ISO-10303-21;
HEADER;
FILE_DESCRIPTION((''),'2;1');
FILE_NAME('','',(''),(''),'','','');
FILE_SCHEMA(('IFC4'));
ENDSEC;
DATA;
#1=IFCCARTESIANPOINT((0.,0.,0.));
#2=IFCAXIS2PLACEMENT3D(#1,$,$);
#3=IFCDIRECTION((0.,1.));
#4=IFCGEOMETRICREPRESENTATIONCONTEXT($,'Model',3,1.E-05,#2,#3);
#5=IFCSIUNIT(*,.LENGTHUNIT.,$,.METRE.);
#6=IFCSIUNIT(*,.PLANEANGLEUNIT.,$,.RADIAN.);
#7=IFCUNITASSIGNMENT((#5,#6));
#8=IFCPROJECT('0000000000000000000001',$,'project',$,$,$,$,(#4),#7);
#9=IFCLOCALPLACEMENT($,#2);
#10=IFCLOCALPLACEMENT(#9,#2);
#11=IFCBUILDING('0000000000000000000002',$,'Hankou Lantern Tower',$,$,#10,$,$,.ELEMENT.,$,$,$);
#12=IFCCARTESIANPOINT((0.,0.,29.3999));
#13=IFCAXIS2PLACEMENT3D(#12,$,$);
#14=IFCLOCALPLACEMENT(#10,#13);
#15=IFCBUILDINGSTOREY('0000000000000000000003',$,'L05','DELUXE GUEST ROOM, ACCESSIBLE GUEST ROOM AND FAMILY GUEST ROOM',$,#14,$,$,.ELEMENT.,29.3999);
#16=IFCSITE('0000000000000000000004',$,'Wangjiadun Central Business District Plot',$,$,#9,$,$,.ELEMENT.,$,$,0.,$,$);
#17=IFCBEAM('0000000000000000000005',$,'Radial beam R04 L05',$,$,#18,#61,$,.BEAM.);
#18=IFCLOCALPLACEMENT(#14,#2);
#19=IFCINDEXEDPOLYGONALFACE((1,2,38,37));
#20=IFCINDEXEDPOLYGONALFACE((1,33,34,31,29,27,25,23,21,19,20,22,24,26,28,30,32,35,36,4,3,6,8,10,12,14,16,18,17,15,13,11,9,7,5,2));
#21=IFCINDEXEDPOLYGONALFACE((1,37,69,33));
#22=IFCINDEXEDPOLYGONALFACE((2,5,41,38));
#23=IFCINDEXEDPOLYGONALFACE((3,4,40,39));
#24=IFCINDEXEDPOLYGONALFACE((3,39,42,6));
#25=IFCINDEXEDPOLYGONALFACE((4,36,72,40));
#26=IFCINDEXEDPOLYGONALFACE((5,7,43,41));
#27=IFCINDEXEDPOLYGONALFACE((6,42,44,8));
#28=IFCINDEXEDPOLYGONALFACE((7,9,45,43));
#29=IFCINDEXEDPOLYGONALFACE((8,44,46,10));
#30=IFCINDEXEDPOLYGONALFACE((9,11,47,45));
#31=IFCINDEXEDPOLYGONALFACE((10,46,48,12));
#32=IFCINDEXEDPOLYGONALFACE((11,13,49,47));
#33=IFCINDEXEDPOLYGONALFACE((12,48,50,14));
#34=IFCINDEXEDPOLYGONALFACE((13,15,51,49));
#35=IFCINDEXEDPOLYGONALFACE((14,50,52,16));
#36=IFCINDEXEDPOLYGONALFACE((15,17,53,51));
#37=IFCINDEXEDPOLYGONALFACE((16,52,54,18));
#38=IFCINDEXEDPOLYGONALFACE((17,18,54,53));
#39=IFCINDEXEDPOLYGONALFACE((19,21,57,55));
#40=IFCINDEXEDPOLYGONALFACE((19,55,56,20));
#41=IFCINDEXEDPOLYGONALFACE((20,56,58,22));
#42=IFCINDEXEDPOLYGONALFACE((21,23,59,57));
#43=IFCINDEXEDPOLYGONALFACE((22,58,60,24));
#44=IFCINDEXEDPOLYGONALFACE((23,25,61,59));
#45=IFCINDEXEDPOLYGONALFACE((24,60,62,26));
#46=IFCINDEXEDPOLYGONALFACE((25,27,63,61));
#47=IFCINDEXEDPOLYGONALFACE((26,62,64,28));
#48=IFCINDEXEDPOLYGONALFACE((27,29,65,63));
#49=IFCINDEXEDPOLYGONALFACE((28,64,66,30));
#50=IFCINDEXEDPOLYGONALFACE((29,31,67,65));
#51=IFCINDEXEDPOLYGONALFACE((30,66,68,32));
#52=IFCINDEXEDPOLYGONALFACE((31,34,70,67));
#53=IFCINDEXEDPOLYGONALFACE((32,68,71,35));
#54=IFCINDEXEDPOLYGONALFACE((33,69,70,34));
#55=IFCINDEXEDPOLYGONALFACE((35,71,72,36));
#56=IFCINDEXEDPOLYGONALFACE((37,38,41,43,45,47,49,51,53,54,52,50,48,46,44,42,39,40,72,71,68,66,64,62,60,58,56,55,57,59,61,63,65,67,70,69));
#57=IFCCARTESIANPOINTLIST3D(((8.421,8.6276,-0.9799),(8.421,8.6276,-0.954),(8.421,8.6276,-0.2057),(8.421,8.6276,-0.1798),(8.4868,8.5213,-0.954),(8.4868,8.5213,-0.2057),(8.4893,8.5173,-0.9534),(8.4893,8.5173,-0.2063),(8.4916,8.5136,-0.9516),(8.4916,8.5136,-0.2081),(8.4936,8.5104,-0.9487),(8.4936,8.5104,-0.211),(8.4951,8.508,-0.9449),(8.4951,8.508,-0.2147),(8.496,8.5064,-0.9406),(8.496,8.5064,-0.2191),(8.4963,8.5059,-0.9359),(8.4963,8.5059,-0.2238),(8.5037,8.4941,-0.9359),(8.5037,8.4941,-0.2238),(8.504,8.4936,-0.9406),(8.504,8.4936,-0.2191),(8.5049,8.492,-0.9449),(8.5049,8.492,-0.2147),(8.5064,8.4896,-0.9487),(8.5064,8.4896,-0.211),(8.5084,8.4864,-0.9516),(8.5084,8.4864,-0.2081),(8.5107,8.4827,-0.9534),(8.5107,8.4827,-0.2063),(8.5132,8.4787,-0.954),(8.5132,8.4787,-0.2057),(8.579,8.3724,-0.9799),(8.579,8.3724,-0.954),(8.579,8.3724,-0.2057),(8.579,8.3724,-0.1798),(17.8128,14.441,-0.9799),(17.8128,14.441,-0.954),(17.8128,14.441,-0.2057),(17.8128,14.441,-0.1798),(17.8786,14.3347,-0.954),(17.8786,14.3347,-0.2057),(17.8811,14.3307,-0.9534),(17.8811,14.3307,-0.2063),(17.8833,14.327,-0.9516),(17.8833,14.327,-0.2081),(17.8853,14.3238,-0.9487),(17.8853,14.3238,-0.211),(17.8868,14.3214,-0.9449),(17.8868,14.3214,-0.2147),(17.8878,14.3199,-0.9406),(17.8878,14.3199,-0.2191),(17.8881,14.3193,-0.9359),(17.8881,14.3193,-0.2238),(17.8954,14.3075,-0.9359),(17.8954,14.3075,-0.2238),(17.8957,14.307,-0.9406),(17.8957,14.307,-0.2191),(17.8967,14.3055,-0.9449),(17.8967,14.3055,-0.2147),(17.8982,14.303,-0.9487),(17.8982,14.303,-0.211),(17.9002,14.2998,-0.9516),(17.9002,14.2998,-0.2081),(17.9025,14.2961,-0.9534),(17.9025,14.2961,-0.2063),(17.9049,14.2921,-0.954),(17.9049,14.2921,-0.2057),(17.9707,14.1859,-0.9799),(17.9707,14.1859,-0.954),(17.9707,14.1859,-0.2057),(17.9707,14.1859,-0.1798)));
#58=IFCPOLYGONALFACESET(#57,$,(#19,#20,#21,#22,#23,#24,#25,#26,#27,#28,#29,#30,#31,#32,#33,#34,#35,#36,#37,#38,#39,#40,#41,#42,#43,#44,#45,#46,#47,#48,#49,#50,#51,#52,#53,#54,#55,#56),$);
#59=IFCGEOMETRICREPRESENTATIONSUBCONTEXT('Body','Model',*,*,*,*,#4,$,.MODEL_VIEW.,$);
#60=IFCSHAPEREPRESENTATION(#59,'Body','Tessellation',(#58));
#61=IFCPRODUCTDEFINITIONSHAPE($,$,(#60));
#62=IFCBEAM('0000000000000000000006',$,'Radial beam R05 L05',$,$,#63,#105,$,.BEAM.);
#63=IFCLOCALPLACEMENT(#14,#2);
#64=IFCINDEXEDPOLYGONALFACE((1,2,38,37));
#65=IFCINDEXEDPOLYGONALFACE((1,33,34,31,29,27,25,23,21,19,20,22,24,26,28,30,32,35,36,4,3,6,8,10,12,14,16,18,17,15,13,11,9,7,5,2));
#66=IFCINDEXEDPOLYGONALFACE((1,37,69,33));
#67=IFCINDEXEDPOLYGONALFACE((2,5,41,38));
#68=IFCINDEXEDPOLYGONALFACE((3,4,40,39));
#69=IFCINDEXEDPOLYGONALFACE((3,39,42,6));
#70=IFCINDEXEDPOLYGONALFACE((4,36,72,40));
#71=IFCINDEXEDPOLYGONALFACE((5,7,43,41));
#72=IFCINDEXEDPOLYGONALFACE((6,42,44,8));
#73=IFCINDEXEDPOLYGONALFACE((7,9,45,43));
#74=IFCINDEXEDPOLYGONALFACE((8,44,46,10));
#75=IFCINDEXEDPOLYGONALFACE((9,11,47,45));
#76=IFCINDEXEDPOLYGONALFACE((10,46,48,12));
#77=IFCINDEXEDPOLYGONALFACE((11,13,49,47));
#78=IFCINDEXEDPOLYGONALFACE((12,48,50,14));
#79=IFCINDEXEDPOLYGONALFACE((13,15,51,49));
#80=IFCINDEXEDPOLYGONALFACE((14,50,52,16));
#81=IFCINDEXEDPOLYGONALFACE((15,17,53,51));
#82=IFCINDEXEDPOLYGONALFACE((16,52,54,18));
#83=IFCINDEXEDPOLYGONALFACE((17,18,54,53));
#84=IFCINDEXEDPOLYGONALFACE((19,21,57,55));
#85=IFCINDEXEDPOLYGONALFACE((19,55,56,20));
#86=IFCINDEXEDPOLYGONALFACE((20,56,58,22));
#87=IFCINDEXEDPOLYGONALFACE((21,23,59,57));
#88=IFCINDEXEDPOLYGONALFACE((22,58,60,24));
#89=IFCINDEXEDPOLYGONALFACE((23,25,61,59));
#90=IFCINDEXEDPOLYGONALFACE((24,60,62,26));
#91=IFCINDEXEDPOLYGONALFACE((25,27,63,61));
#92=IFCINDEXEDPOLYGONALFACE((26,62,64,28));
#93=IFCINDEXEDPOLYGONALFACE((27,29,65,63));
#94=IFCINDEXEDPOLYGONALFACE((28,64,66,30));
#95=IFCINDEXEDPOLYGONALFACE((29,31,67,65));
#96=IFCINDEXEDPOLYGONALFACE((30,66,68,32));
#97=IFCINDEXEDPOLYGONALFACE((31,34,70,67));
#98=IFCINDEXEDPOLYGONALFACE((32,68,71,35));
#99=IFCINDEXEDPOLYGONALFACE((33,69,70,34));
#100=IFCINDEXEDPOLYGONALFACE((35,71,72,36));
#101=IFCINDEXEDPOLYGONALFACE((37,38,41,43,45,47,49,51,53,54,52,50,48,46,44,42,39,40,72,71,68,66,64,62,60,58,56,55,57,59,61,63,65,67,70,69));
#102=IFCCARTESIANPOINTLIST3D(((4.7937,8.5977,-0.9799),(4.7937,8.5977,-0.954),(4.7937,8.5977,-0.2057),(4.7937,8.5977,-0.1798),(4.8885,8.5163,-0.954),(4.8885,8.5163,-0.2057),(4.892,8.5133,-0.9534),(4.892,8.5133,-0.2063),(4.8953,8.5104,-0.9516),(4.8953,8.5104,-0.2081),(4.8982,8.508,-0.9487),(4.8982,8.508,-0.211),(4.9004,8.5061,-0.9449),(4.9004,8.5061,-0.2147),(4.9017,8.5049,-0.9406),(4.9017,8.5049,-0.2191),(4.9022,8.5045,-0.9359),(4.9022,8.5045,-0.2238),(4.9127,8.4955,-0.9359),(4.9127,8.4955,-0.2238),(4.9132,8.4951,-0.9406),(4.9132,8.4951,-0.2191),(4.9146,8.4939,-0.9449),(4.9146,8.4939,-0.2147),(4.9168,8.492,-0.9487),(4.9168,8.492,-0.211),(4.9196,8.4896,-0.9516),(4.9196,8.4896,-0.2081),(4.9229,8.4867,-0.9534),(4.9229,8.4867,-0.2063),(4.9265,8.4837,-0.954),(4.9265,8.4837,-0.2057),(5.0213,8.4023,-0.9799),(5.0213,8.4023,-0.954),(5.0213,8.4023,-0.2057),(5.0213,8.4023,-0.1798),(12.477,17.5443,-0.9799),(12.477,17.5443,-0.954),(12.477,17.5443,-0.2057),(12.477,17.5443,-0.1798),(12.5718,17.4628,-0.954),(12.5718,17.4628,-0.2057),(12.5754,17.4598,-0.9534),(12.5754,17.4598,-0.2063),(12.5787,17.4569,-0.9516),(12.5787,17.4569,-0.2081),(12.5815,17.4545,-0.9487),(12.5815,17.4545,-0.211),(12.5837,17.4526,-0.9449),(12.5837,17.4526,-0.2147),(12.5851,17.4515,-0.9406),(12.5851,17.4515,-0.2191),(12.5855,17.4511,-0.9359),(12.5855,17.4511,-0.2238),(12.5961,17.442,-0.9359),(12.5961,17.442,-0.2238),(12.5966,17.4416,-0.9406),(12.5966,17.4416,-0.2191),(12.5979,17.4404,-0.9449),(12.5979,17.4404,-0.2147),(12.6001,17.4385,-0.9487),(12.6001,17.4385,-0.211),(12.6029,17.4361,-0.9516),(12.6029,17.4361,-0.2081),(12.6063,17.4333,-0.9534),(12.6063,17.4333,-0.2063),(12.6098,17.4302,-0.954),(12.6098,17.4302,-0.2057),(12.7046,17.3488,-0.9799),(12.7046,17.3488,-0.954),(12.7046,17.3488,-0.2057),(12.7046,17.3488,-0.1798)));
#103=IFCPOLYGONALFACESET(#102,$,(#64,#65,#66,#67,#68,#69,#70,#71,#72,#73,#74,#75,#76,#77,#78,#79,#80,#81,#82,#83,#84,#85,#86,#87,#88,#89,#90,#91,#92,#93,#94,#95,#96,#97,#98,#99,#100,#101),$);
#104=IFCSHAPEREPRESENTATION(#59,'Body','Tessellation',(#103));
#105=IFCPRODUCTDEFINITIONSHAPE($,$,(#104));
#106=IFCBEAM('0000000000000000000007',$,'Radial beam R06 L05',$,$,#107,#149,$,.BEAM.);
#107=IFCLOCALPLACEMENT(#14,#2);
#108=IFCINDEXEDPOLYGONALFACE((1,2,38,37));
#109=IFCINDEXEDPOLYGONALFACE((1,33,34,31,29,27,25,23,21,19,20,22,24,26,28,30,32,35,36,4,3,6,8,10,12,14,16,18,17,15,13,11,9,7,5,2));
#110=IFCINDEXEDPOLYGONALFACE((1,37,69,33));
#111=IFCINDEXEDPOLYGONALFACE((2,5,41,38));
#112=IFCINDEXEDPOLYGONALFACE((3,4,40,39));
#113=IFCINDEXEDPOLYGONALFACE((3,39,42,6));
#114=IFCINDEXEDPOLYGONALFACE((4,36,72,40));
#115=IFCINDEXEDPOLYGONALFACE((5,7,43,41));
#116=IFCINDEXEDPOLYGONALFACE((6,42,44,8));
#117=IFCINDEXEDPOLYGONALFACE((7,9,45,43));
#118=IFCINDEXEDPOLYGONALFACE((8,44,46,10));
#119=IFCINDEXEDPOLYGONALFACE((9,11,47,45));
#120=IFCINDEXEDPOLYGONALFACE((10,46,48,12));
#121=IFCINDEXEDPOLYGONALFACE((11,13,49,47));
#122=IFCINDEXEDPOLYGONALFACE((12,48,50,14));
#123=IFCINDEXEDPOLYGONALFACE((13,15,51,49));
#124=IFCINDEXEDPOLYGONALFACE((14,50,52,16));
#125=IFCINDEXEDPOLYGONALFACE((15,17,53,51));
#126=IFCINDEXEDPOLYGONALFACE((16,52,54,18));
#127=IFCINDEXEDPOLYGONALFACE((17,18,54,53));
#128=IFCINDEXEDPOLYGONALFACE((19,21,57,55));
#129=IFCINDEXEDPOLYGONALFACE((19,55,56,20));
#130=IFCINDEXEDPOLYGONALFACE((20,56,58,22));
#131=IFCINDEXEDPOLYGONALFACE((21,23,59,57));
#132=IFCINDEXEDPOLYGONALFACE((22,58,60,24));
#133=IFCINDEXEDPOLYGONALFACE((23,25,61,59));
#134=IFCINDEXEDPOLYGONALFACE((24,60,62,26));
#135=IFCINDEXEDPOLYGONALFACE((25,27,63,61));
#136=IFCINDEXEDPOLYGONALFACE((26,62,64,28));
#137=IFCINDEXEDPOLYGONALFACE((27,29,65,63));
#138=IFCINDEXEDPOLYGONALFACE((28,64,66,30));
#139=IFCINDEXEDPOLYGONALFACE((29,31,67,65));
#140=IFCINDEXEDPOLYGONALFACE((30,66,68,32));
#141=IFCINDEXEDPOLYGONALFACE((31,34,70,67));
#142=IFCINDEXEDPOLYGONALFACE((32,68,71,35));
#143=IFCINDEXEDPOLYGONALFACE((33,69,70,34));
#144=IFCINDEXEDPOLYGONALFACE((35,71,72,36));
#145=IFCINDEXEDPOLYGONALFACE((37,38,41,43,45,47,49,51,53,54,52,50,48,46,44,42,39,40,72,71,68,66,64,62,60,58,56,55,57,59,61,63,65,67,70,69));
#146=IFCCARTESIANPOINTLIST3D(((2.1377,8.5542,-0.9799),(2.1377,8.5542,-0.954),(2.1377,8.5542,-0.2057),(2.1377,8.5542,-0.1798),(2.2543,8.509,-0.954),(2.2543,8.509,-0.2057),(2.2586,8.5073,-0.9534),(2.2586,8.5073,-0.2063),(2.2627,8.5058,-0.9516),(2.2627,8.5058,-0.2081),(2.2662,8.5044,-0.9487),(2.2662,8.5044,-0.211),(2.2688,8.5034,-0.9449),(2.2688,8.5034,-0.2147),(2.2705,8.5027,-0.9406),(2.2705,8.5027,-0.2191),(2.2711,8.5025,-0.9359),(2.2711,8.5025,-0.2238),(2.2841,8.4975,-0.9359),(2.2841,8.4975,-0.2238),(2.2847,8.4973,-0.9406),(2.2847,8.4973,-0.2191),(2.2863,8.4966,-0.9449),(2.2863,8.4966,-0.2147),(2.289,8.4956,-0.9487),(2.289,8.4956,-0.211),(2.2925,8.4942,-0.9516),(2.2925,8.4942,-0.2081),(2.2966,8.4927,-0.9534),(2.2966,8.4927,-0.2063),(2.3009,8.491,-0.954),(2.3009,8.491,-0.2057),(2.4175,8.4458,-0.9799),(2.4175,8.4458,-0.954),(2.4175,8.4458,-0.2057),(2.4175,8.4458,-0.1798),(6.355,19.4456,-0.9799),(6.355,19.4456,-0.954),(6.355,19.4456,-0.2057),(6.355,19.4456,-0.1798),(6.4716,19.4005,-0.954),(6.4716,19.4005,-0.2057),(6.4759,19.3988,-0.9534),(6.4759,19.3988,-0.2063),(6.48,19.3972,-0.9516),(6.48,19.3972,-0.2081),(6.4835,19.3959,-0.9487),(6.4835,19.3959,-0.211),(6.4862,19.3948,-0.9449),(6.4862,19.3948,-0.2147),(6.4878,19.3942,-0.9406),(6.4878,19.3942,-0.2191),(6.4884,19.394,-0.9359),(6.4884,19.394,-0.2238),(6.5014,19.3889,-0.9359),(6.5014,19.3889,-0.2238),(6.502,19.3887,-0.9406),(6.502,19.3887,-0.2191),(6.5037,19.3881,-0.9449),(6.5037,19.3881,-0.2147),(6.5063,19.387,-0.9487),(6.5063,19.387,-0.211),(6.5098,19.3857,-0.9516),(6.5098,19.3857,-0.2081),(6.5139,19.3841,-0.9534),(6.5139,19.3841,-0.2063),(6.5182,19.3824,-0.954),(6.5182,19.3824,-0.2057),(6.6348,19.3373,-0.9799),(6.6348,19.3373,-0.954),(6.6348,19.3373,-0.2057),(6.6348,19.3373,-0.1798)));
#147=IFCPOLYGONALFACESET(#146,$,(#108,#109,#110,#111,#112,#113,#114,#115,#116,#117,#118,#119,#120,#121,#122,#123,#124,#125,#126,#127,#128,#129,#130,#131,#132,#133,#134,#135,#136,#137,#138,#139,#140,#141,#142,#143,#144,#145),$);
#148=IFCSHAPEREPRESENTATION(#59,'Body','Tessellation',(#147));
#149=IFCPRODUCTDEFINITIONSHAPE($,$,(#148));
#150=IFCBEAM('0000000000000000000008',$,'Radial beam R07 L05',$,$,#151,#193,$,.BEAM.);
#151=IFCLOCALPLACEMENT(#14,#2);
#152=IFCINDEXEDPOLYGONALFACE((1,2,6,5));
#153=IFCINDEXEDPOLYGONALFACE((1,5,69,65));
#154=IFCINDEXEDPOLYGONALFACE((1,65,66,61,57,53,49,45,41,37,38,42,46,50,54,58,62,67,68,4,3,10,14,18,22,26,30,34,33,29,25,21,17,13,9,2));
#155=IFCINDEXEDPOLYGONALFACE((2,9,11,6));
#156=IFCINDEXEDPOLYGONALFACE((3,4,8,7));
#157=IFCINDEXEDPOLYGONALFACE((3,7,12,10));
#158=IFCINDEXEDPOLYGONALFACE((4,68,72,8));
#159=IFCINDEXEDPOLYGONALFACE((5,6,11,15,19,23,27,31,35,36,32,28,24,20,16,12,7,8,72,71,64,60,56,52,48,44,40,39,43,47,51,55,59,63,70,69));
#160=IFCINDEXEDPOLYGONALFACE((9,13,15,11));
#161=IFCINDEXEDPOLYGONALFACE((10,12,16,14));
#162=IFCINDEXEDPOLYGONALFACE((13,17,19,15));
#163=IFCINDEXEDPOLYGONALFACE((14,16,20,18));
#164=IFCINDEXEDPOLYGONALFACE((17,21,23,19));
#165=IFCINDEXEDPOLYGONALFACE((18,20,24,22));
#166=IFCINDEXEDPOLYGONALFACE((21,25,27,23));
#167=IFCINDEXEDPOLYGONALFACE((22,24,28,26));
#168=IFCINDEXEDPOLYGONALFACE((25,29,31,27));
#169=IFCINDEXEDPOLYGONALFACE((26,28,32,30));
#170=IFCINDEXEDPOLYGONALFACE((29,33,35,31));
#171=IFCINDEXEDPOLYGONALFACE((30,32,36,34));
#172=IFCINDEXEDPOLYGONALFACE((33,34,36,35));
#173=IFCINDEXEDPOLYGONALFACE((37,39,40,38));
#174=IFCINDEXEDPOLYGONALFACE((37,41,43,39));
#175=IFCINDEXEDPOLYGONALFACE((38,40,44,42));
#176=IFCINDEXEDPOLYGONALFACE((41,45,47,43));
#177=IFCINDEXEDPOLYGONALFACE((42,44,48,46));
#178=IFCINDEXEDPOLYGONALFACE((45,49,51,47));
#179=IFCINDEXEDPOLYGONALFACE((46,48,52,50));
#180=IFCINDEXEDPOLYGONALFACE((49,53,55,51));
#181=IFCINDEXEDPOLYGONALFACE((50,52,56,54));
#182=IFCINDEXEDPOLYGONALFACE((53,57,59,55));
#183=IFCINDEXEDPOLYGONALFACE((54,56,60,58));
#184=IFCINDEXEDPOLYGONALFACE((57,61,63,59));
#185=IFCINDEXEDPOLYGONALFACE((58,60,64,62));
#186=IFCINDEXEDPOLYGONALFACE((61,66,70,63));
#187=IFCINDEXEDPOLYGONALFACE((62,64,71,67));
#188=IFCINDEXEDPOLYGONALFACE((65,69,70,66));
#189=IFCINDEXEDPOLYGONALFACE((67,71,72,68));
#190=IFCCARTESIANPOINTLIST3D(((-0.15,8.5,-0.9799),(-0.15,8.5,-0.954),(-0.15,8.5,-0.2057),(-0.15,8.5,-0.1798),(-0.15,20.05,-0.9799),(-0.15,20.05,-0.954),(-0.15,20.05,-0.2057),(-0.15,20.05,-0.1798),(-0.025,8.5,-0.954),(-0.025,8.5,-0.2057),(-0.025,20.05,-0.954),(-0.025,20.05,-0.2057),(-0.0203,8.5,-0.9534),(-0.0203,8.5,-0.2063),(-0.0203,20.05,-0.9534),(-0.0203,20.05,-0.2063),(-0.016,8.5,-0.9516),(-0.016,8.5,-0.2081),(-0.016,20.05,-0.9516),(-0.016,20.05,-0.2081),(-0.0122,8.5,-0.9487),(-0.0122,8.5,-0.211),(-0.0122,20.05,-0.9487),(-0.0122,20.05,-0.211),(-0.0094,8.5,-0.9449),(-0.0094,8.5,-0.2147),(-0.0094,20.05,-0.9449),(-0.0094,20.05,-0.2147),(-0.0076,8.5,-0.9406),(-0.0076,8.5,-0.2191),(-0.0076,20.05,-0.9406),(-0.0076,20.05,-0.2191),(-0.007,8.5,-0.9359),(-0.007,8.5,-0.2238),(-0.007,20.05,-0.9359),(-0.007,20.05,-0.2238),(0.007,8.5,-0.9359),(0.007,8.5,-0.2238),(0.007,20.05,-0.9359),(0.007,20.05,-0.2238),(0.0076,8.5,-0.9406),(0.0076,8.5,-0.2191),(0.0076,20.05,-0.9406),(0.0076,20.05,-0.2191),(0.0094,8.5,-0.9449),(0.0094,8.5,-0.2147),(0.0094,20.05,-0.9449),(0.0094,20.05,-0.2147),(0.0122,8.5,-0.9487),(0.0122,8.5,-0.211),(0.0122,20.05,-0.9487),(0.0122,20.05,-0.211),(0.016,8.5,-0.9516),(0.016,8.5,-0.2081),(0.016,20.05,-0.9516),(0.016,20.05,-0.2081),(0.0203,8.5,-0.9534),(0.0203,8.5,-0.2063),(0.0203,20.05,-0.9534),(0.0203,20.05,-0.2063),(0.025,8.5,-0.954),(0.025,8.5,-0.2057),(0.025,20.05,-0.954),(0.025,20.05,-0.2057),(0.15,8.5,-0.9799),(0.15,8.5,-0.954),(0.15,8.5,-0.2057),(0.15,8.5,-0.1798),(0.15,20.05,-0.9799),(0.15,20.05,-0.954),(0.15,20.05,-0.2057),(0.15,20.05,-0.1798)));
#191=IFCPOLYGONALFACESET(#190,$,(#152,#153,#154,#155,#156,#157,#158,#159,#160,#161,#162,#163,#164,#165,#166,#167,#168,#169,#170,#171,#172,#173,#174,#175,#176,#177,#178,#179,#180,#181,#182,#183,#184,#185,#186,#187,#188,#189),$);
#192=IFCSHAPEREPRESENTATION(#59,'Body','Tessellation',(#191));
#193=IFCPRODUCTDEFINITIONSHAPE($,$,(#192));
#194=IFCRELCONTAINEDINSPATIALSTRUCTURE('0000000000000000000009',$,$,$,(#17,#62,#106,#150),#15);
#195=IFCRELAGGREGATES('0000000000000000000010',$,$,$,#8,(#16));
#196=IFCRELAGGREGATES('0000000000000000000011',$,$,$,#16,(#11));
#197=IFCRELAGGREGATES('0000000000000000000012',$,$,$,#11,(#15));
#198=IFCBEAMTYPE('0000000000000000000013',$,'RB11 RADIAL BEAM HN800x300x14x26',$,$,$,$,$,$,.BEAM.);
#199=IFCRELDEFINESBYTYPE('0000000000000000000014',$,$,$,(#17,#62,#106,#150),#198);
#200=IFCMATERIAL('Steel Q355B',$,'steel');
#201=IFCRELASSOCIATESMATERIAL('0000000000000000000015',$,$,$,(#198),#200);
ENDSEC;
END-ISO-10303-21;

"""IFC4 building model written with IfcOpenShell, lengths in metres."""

from ifc_helpers import new_model, si_unit, direction, frame, origin, origin_2d, place, context, subcontext, project, spatial, i_section, extrude, material, material_profile, profile_set, type_object, element, save


model = new_model("IFC4")

# Units and contexts
model_context = context("Model", 3, precision=1e-05, world=origin(), true_north=direction((0.0, 1.0)))
body_context = subcontext(model_context, "Body", "Model", "MODEL_VIEW")
ifc_project = project(units=[si_unit("LENGTHUNIT", "METRE"), si_unit("PLANEANGLEUNIT", "RADIAN")], contexts=[model_context])

# Site, building, storey
site_placement = place(None, origin())
site = spatial("IfcSite", under=ifc_project, at=site_placement, Name="Wangjiadun Central Business District Plot", CompositionType="ELEMENT", RefElevation=0.0)
building_placement = place(site_placement, origin())
building = spatial("IfcBuilding", under=site, at=building_placement, Name="Hankou Lantern Tower", CompositionType="ELEMENT")
storey_placement = place(building_placement, frame((0.0, 0.0, 29.3999)))
storey = spatial("IfcBuildingStorey", under=building, at=storey_placement, Name="L05", Description="DELUXE GUEST ROOM, ACCESSIBLE GUEST ROOM AND FAMILY GUEST ROOM", CompositionType="ELEMENT", Elevation=29.3999)

# Beams
ifc_material_1 = material(Name="Steel Q355B", Category="steel")
ifc_material_profile_1 = material_profile(ifc_material_1, i_section(OverallWidth=0.3, OverallDepth=0.8, WebThickness=0.0139, FlangeThickness=0.0259, FilletRadius=0.0181, at=origin_2d()), Name="HN800x300x14x26")
ifc_profile_set_1 = profile_set([ifc_material_profile_1], Name="Steel Q355B")
beam_type_1 = type_object("IfcBeamType", Name="RB11 RADIAL BEAM HN800x300x14x26", PredefinedType="BEAM", material=ifc_profile_set_1)
beam_1_placement = place(storey_placement, frame((8.5, 8.5, -0.5798), z_axis=(0.850286, 0.52632, 0.0), x_axis=(-0.52632, 0.850286, 0.0)))
element("IfcBeam", 1, at=beam_1_placement, inside=storey, type_object=beam_type_1, Name="Radial beam R04 L05", PredefinedType="BEAM", context=body_context, shape_type="SweptSolid", body=[
    extrude(i_section(OverallWidth=0.3, OverallDepth=0.8, WebThickness=0.0139, FlangeThickness=0.0259, FilletRadius=0.0181, at=origin_2d()), origin(), (0.0, 0.0, 1.0), 11.0454),
])
beam_2_placement = place(storey_placement, frame((4.9075, 8.5, -0.5798), z_axis=(0.651519, 0.758632, 0.0), x_axis=(-0.758632, 0.651519, 0.0)))
element("IfcBeam", 2, at=beam_2_placement, inside=storey, type_object=beam_type_1, Name="Radial beam R05 L05", PredefinedType="BEAM", context=body_context, shape_type="SweptSolid", body=[
    extrude(i_section(OverallWidth=0.3, OverallDepth=0.8, WebThickness=0.0139, FlangeThickness=0.0259, FilletRadius=0.0181, at=origin_2d()), origin(), (0.0, 0.0, 1.0), 11.793),
])
beam_3_placement = place(storey_placement, frame((2.2776, 8.5, -0.5798), z_axis=(0.361089, 0.932531, 0.0), x_axis=(-0.932531, 0.361089, 0.0)))
element("IfcBeam", 3, at=beam_3_placement, inside=storey, type_object=beam_type_1, Name="Radial beam R06 L05", PredefinedType="BEAM", context=body_context, shape_type="SweptSolid", body=[
    extrude(i_section(OverallWidth=0.3, OverallDepth=0.8, WebThickness=0.0139, FlangeThickness=0.0259, FilletRadius=0.0181, at=origin_2d()), origin(), (0.0, 0.0, 1.0), 11.6794),
])
beam_4_placement = place(storey_placement, frame((0.0, 8.5, -0.5798), z_axis=(0.0, 1.0, 0.0), x_axis=(-1.0, 0.0, 0.0)))
element("IfcBeam", 4, at=beam_4_placement, inside=storey, type_object=beam_type_1, Name="Radial beam R07 L05", PredefinedType="BEAM", context=body_context, shape_type="SweptSolid", body=[
    extrude(i_section(OverallWidth=0.3, OverallDepth=0.8, WebThickness=0.0139, FlangeThickness=0.0259, FilletRadius=0.0181, at=origin_2d()), origin(), (0.0, 0.0, 1.0), 11.55),
])

save(model, "model.ifc")
